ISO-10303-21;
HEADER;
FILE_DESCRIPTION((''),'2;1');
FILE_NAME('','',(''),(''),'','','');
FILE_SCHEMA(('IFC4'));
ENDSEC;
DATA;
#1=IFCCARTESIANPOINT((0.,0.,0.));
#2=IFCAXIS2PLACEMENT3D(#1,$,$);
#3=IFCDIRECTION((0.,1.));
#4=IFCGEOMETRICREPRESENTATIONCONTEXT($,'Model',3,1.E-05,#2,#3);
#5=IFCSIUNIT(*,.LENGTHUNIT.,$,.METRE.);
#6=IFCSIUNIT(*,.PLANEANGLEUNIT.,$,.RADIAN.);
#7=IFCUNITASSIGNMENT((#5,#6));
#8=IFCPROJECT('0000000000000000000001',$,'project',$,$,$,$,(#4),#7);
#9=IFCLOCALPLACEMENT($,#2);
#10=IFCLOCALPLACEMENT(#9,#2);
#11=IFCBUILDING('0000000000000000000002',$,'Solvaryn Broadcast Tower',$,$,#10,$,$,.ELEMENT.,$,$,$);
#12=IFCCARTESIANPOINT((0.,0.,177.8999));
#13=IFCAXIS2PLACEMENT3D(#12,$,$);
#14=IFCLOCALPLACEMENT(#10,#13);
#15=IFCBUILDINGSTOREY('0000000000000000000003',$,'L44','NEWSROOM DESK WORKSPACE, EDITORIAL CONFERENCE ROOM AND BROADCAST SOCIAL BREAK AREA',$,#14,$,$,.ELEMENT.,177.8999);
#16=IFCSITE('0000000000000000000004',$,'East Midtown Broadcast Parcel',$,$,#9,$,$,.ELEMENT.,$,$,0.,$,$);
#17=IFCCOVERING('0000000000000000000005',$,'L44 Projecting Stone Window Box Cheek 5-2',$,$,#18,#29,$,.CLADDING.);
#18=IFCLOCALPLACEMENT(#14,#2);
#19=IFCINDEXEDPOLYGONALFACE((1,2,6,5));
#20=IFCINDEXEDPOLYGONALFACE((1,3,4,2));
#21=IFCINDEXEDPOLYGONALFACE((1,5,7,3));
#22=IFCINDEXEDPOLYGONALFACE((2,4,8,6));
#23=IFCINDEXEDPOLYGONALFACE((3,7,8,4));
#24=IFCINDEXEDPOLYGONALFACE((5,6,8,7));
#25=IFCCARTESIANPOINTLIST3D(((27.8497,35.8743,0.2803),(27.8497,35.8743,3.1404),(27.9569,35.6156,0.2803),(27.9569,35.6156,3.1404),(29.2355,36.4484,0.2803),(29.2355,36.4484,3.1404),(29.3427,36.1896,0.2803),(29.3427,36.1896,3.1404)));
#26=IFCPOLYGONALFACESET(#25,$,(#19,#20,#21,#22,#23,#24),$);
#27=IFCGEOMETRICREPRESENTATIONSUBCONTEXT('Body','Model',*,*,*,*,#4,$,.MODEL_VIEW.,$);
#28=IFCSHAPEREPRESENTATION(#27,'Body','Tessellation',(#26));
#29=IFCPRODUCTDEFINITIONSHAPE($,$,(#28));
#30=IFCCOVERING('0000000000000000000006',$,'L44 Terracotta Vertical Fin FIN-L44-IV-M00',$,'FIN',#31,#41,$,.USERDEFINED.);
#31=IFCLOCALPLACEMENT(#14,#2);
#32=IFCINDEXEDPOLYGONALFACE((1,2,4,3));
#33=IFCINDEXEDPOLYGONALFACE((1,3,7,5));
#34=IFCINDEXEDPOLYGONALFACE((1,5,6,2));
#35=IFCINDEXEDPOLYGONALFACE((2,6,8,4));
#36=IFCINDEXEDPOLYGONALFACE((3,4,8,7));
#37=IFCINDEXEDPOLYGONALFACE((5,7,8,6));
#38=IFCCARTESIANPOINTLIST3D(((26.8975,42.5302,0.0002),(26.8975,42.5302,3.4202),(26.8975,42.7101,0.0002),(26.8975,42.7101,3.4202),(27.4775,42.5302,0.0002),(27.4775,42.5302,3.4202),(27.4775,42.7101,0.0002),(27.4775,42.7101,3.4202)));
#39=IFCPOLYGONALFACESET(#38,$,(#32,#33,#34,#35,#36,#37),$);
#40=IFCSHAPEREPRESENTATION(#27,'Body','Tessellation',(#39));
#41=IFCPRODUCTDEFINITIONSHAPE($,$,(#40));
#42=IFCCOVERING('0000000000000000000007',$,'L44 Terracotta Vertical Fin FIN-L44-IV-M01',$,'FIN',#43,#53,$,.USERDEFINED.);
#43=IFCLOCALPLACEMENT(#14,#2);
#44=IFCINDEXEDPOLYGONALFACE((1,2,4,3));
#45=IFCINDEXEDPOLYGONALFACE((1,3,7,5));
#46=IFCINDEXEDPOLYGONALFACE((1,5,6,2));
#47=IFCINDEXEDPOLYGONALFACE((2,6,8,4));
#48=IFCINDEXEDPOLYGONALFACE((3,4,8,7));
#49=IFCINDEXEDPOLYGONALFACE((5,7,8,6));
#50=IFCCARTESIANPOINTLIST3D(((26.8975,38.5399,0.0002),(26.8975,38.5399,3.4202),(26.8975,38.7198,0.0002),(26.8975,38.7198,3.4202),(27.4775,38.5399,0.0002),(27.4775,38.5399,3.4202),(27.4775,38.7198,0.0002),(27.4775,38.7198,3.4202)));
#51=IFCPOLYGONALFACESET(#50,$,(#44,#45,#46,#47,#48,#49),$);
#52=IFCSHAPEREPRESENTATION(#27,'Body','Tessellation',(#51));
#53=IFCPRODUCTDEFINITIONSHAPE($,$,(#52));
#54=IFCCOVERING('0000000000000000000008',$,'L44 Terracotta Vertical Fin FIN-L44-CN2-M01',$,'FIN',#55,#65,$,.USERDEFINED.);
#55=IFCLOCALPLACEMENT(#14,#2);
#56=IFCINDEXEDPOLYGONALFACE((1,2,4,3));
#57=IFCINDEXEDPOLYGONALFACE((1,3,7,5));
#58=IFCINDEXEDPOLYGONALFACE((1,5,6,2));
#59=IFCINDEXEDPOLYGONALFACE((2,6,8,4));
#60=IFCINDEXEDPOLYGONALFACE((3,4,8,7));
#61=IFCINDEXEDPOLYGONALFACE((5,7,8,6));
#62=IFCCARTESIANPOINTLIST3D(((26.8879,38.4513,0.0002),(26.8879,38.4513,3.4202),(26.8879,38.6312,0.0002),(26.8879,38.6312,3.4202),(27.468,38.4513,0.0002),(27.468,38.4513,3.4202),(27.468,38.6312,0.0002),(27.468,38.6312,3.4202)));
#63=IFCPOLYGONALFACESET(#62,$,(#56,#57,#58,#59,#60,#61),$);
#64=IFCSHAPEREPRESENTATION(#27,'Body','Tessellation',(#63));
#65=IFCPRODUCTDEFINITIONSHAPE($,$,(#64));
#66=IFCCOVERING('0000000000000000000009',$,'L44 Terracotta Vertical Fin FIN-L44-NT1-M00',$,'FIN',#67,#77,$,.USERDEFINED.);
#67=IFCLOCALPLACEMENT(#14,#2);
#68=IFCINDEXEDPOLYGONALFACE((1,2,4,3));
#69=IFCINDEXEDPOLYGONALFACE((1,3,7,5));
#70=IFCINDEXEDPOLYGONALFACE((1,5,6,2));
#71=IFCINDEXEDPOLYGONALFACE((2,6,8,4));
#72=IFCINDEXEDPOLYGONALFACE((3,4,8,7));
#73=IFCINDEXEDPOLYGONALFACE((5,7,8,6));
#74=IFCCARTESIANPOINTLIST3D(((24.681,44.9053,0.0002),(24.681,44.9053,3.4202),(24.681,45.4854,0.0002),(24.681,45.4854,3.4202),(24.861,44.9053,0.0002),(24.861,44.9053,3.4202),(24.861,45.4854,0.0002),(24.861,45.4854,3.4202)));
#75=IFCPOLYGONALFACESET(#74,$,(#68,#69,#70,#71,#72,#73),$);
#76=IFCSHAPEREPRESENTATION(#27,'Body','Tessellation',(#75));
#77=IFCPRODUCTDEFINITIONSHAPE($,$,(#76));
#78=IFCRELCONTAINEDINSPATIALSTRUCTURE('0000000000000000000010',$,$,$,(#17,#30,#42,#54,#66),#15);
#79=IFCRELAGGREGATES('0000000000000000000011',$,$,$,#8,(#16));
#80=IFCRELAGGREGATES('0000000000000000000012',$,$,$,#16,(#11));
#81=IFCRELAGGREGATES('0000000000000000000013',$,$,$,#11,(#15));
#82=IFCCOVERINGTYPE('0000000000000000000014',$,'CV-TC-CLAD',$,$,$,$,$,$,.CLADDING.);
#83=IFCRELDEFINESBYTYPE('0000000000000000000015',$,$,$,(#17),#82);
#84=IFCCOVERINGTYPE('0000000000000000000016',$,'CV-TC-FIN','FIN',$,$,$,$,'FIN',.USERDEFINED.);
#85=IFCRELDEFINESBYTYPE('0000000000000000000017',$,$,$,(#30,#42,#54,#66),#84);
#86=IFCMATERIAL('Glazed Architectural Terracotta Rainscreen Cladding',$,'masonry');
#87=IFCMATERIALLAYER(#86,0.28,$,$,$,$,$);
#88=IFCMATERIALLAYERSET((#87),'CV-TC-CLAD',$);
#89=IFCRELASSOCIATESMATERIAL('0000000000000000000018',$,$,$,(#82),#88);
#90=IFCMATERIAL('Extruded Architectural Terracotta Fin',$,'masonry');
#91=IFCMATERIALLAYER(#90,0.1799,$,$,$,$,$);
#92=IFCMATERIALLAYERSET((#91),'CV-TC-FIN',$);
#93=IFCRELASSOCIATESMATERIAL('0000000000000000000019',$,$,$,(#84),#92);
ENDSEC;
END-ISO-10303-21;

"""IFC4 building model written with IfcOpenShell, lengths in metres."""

from ifc_helpers import new_model, si_unit, direction, frame, origin, origin_2d, place, context, subcontext, project, spatial, rectangle, extrude, material, layer, layer_set, type_object, element, save


model = new_model("IFC4")

# Units and contexts
model_context = context("Model", 3, precision=1e-05, world=origin(), true_north=direction((0.0, 1.0)))
body_context = subcontext(model_context, "Body", "Model", "MODEL_VIEW")
ifc_project = project(units=[si_unit("LENGTHUNIT", "METRE"), si_unit("PLANEANGLEUNIT", "RADIAN")], contexts=[model_context])

# Site, building, storey
site_placement = place(None, origin())
site = spatial("IfcSite", under=ifc_project, at=site_placement, Name="East Midtown Broadcast Parcel", CompositionType="ELEMENT", RefElevation=0.0)
building_placement = place(site_placement, origin())
building = spatial("IfcBuilding", under=site, at=building_placement, Name="Solvaryn Broadcast Tower", CompositionType="ELEMENT")
storey_placement = place(building_placement, frame((0.0, 0.0, 177.8999)))
storey = spatial("IfcBuildingStorey", under=building, at=storey_placement, Name="L44", Description="NEWSROOM DESK WORKSPACE, EDITORIAL CONFERENCE ROOM AND BROADCAST SOCIAL BREAK AREA", CompositionType="ELEMENT", Elevation=177.8999)

# Coverings
ifc_material_1 = material(Name="Glazed Architectural Terracotta Rainscreen Cladding", Category="masonry")
ifc_layer_1 = layer(ifc_material_1, 0.28)
ifc_layer_set_1 = layer_set([ifc_layer_1], Name="CV-TC-CLAD")
covering_type_1 = type_object("IfcCoveringType", Name="CV-TC-CLAD", PredefinedType="CLADDING", material=ifc_layer_set_1)
covering_1_placement = place(storey_placement, frame((28.5962, 36.032, 0.2803), z_axis=(0.0, 0.0, 1.0), x_axis=(-0.382683, 0.92388, 0.0)))
element("IfcCovering", 1, at=covering_1_placement, inside=storey, type_object=covering_type_1, Name="L44 Projecting Stone Window Box Cheek 5-2", PredefinedType="CLADDING", context=body_context, shape_type="SweptSolid", body=[
    extrude(rectangle(XDim=0.28, YDim=1.5, at=origin_2d()), origin(), (0.0, 0.0, 1.0), 2.8601),
])
ifc_material_2 = material(Name="Extruded Architectural Terracotta Fin", Category="masonry")
ifc_layer_2 = layer(ifc_material_2, 0.1799)
ifc_layer_set_2 = layer_set([ifc_layer_2], Name="CV-TC-FIN")
covering_type_2 = type_object("IfcCoveringType", Name="CV-TC-FIN", Description="FIN", ElementType="FIN", PredefinedType="USERDEFINED", material=ifc_layer_set_2)
for number, where, z_axis, x_axis, name in (
    (2, (27.1875, 42.6201, 0.0002), (0.0, 0.0, 1.0), (1.0, 0.0, 0.0), "L44 Terracotta Vertical Fin FIN-L44-IV-M00"),
    (3, (27.1875, 38.6299, 0.0002), (0.0, 0.0, 1.0), (1.0, 0.0, 0.0), "L44 Terracotta Vertical Fin FIN-L44-IV-M01"),
    (4, (27.178, 38.5413, 0.0002), (0.0, 0.0, 1.0), (1.0, 0.0, 0.0), "L44 Terracotta Vertical Fin FIN-L44-CN2-M01"),
):
    element("IfcCovering", number, at=place(storey_placement, frame(where, z_axis=z_axis, x_axis=x_axis)), inside=storey, type_object=covering_type_2, Name=name, ObjectType="FIN", PredefinedType="USERDEFINED", context=body_context, shape_type="SweptSolid", body=[
        extrude(rectangle(XDim=0.5801, YDim=0.1799, at=origin_2d()), origin(), (0.0, 0.0, 1.0), 3.4199),
    ])
covering_2_placement = place(storey_placement, frame((24.771, 45.1953, 0.0002), z_axis=(0.0, 0.0, 1.0), x_axis=(1.0, 0.0, 0.0)))
element("IfcCovering", 5, at=covering_2_placement, inside=storey, type_object=covering_type_2, Name="L44 Terracotta Vertical Fin FIN-L44-NT1-M00", ObjectType="FIN", PredefinedType="USERDEFINED", context=body_context, shape_type="SweptSolid", body=[
    extrude(rectangle(XDim=0.1799, YDim=0.5801, at=origin_2d()), origin(), (0.0, 0.0, 1.0), 3.4199),
])

save(model, "model.ifc")
